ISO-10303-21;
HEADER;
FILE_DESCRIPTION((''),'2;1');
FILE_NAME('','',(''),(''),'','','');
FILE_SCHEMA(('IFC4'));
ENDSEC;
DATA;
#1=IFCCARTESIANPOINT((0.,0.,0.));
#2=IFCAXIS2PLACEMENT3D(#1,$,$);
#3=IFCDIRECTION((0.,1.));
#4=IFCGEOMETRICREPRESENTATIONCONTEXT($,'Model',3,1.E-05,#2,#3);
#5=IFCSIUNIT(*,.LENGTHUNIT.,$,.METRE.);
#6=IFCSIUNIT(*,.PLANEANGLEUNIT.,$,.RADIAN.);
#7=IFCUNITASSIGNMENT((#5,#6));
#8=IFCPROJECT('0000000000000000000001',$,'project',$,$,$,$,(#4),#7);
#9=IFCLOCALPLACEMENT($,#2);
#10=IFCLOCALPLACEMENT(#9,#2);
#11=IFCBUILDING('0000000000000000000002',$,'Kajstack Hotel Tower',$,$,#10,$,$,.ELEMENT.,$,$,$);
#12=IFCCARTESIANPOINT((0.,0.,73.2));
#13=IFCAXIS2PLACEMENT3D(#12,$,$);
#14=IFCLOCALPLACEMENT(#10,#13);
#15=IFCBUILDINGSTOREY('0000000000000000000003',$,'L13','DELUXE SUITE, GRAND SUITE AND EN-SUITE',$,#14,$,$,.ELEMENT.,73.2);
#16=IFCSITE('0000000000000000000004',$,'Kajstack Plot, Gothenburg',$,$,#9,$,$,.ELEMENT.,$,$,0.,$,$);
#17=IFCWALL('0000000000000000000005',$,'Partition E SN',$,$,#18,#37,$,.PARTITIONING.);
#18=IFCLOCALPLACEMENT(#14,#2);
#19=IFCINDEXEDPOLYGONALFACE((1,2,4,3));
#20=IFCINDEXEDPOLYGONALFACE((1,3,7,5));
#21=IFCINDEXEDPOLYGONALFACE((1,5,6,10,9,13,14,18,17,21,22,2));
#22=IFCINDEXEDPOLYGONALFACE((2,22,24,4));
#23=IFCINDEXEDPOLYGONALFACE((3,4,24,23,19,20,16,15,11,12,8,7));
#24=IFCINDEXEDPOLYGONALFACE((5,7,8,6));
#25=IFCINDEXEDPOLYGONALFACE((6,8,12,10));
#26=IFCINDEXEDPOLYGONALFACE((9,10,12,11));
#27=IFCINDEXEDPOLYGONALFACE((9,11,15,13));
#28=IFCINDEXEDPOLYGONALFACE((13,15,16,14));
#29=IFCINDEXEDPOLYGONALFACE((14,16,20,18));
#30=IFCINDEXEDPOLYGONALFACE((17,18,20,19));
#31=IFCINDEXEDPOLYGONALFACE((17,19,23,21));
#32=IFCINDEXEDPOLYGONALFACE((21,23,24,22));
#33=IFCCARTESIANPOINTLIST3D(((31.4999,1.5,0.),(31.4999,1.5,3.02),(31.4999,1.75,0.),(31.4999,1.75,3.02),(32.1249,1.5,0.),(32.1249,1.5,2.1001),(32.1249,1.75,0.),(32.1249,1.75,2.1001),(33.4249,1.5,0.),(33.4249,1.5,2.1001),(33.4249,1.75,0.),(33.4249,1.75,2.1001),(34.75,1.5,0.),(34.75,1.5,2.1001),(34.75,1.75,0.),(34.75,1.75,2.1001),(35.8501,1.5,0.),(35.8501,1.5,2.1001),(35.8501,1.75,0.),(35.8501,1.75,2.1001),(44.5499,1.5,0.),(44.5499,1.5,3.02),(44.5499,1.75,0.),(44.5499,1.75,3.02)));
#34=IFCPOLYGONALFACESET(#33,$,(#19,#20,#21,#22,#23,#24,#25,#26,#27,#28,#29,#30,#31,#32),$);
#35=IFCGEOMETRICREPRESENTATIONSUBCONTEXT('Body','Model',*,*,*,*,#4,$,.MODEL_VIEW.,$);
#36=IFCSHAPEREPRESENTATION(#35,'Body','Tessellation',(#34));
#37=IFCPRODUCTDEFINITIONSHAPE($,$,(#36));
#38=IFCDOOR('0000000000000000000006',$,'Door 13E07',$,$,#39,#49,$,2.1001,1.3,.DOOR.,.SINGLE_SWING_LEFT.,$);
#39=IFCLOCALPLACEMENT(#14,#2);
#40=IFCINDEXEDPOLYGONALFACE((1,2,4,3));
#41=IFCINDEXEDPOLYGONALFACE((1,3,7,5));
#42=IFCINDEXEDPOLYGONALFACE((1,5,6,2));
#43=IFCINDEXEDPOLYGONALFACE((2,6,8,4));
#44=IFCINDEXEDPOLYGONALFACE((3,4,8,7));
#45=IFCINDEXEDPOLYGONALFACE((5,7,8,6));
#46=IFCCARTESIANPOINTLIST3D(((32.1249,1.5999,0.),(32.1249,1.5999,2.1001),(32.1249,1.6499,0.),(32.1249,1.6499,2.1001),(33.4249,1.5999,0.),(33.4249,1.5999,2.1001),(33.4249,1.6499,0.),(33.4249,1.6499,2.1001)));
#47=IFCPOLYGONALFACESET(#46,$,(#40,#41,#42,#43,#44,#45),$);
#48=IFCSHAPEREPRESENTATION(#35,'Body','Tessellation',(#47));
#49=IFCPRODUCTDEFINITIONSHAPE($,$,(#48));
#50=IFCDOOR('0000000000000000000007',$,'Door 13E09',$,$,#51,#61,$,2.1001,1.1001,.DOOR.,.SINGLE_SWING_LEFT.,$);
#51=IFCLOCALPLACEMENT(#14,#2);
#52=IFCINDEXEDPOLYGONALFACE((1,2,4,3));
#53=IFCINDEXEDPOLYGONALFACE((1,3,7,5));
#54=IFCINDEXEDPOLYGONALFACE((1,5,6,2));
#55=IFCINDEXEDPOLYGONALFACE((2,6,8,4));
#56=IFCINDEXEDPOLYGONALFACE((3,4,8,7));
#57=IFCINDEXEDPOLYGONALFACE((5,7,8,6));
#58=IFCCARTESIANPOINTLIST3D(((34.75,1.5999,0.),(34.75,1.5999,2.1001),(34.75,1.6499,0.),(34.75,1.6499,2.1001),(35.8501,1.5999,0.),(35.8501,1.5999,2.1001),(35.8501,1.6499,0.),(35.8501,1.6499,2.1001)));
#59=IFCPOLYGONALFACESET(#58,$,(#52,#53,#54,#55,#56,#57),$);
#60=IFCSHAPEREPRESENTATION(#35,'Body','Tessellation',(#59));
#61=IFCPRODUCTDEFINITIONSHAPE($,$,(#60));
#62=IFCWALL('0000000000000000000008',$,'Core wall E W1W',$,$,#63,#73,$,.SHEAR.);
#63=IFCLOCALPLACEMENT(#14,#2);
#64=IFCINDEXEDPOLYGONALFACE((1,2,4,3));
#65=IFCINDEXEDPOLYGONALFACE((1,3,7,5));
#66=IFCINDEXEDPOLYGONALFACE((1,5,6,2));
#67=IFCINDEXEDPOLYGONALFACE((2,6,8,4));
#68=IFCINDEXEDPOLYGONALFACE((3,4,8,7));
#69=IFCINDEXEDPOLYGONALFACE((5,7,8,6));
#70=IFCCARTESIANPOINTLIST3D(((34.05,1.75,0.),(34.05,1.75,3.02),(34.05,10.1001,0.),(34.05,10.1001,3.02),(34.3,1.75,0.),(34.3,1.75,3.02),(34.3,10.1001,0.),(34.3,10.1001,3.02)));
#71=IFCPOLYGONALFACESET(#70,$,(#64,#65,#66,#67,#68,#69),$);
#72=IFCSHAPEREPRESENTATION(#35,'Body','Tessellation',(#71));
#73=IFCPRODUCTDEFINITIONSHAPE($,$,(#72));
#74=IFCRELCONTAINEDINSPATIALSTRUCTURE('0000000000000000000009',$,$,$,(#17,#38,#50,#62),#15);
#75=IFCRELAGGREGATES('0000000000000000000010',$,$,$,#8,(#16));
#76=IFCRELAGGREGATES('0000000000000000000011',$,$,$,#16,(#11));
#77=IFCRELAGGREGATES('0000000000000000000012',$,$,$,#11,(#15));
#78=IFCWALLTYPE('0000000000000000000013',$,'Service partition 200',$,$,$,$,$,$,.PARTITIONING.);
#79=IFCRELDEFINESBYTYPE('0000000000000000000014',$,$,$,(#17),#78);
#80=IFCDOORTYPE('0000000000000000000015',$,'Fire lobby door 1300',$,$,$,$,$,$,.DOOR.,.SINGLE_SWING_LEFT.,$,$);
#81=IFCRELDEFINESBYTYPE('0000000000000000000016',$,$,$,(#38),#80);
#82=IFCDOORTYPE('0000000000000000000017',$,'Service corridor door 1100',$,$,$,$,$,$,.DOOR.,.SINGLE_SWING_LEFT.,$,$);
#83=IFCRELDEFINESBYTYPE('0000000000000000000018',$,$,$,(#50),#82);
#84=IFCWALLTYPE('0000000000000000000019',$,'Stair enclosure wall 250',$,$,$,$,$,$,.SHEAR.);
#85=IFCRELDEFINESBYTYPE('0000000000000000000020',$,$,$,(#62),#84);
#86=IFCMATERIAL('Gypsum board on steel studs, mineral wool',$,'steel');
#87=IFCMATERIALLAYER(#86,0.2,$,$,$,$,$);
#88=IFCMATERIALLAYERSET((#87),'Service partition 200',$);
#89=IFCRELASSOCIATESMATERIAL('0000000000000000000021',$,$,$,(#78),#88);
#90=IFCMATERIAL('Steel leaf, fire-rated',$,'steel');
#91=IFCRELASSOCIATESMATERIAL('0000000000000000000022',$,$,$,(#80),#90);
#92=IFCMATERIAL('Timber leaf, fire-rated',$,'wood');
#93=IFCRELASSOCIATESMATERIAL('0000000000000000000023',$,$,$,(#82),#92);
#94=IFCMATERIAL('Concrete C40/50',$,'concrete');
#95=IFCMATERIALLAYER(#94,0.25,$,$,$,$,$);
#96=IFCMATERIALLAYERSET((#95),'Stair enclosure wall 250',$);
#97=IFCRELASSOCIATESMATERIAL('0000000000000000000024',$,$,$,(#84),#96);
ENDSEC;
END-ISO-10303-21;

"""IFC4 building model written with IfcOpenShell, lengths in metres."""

from ifc_helpers import new_model, si_unit, direction, frame, frame_2d, origin, place, context, subcontext, project, spatial, rectangle, extrude, material, layer, layer_set, type_object, element, fill, save


model = new_model("IFC4")

# Units and contexts
model_context = context("Model", 3, precision=1e-05, world=origin(), true_north=direction((0.0, 1.0)))
body_context = subcontext(model_context, "Body", "Model", "MODEL_VIEW")
ifc_project = project(units=[si_unit("LENGTHUNIT", "METRE"), si_unit("PLANEANGLEUNIT", "RADIAN")], contexts=[model_context])

# Site, building, storey
site_placement = place(None, origin())
site = spatial("IfcSite", under=ifc_project, at=site_placement, Name="Kajstack Plot, Gothenburg", CompositionType="ELEMENT", RefElevation=0.0)
building_placement = place(site_placement, origin())
building = spatial("IfcBuilding", under=site, at=building_placement, Name="Kajstack Hotel Tower", CompositionType="ELEMENT")
storey_placement = place(building_placement, frame((0.0, 0.0, 73.2)))
storey = spatial("IfcBuildingStorey", under=building, at=storey_placement, Name="L13", Description="DELUXE SUITE, GRAND SUITE AND EN-SUITE", CompositionType="ELEMENT", Elevation=73.2)

# Wall, openings, doors
ifc_material_1 = material(Name="Gypsum board on steel studs, mineral wool", Category="steel")
ifc_layer_1 = layer(ifc_material_1, 0.2)
ifc_layer_set_1 = layer_set([ifc_layer_1], Name="Service partition 200")
wall_type_1 = type_object("IfcWallType", Name="Service partition 200", PredefinedType="PARTITIONING", material=ifc_layer_set_1)
wall_1_placement = place(storey_placement, frame((31.5, 1.625, 0.0), z_axis=(0.0, 0.0, 1.0), x_axis=(1.0, 0.0, 0.0)))
wall_1 = element("IfcWall", 1, at=wall_1_placement, inside=storey, type_object=wall_type_1, Name="Partition E SN", PredefinedType="PARTITIONING", context=body_context, shape_type="SweptSolid", body=[
    extrude(rectangle(XDim=13.05, YDim=0.25, at=frame_2d((6.5249, 0.0))), origin(), (0.0, 0.0, 1.0), 3.02),
])
opening_1_placement = place(wall_1_placement, frame((0.625, 0.0, 0.0)))
opening_1 = element("IfcOpeningElement", 2, at=opening_1_placement, cuts=wall_1, PredefinedType="OPENING", context=body_context, shape_type="SweptSolid", body=[
    extrude(rectangle(XDim=1.3, YDim=2.1001, at=frame_2d((0.6499, 1.05))), frame((0.0, 0.135, 0.0), z_axis=(0.0, -1.0, 0.0), x_axis=(1.0, 0.0, 0.0)), (0.0, 0.0, 1.0), 0.27),
])
opening_2_placement = place(wall_1_placement, frame((3.25, 0.0, 0.0)))
opening_2 = element("IfcOpeningElement", 3, at=opening_2_placement, cuts=wall_1, PredefinedType="OPENING", context=body_context, shape_type="SweptSolid", body=[
    extrude(rectangle(XDim=1.1001, YDim=2.1001, at=frame_2d((0.55, 1.05))), frame((0.0, 0.135, 0.0), z_axis=(0.0, -1.0, 0.0), x_axis=(1.0, 0.0, 0.0)), (0.0, 0.0, 1.0), 0.27),
])
ifc_material_2 = material(Name="Steel leaf, fire-rated", Category="steel")
door_type_1 = type_object("IfcDoorType", Name="Fire lobby door 1300", OperationType="SINGLE_SWING_LEFT", PredefinedType="DOOR", material=ifc_material_2)
door_1_placement = place(opening_1_placement, origin())
door_1 = element("IfcDoor", 4, at=door_1_placement, inside=storey, type_object=door_type_1, Name="Door 13E07", OperationType="SINGLE_SWING_LEFT", OverallHeight=2.1001, OverallWidth=1.3, PredefinedType="DOOR", context=body_context, shape_type="SweptSolid", body=[
    extrude(rectangle(XDim=1.3, YDim=2.1001, at=frame_2d((0.6499, 1.05))), frame((0.0, 0.0249, 0.0), z_axis=(0.0, -1.0, 0.0), x_axis=(1.0, 0.0, 0.0)), (0.0, 0.0, 1.0), 0.05),
])
fill(opening_1, door_1)
ifc_material_3 = material(Name="Timber leaf, fire-rated", Category="wood")
door_type_2 = type_object("IfcDoorType", Name="Service corridor door 1100", OperationType="SINGLE_SWING_LEFT", PredefinedType="DOOR", material=ifc_material_3)
door_2_placement = place(opening_2_placement, origin())
door_2 = element("IfcDoor", 5, at=door_2_placement, inside=storey, type_object=door_type_2, Name="Door 13E09", OperationType="SINGLE_SWING_LEFT", OverallHeight=2.1001, OverallWidth=1.1001, PredefinedType="DOOR", context=body_context, shape_type="SweptSolid", body=[
    extrude(rectangle(XDim=1.1001, YDim=2.1001, at=frame_2d((0.55, 1.05))), frame((0.0, 0.0249, 0.0), z_axis=(0.0, -1.0, 0.0), x_axis=(1.0, 0.0, 0.0)), (0.0, 0.0, 1.0), 0.05),
])
fill(opening_2, door_2)

# Wall
ifc_material_4 = material(Name="Concrete C40/50", Category="concrete")
ifc_layer_2 = layer(ifc_material_4, 0.25)
ifc_layer_set_2 = layer_set([ifc_layer_2], Name="Stair enclosure wall 250")
wall_type_2 = type_object("IfcWallType", Name="Stair enclosure wall 250", PredefinedType="SHEAR", material=ifc_layer_set_2)
wall_2_placement = place(storey_placement, frame((34.175, 1.75, 0.0), z_axis=(0.0, 0.0, 1.0), x_axis=(0.0, 1.0, 0.0)))
element("IfcWall", 6, at=wall_2_placement, inside=storey, type_object=wall_type_2, Name="Core wall E W1W", PredefinedType="SHEAR", context=body_context, shape_type="SweptSolid", body=[
    extrude(rectangle(XDim=8.3501, YDim=0.25, at=frame_2d((4.175, 0.0))), origin(), (0.0, 0.0, 1.0), 3.02),
])

save(model, "model.ifc")
